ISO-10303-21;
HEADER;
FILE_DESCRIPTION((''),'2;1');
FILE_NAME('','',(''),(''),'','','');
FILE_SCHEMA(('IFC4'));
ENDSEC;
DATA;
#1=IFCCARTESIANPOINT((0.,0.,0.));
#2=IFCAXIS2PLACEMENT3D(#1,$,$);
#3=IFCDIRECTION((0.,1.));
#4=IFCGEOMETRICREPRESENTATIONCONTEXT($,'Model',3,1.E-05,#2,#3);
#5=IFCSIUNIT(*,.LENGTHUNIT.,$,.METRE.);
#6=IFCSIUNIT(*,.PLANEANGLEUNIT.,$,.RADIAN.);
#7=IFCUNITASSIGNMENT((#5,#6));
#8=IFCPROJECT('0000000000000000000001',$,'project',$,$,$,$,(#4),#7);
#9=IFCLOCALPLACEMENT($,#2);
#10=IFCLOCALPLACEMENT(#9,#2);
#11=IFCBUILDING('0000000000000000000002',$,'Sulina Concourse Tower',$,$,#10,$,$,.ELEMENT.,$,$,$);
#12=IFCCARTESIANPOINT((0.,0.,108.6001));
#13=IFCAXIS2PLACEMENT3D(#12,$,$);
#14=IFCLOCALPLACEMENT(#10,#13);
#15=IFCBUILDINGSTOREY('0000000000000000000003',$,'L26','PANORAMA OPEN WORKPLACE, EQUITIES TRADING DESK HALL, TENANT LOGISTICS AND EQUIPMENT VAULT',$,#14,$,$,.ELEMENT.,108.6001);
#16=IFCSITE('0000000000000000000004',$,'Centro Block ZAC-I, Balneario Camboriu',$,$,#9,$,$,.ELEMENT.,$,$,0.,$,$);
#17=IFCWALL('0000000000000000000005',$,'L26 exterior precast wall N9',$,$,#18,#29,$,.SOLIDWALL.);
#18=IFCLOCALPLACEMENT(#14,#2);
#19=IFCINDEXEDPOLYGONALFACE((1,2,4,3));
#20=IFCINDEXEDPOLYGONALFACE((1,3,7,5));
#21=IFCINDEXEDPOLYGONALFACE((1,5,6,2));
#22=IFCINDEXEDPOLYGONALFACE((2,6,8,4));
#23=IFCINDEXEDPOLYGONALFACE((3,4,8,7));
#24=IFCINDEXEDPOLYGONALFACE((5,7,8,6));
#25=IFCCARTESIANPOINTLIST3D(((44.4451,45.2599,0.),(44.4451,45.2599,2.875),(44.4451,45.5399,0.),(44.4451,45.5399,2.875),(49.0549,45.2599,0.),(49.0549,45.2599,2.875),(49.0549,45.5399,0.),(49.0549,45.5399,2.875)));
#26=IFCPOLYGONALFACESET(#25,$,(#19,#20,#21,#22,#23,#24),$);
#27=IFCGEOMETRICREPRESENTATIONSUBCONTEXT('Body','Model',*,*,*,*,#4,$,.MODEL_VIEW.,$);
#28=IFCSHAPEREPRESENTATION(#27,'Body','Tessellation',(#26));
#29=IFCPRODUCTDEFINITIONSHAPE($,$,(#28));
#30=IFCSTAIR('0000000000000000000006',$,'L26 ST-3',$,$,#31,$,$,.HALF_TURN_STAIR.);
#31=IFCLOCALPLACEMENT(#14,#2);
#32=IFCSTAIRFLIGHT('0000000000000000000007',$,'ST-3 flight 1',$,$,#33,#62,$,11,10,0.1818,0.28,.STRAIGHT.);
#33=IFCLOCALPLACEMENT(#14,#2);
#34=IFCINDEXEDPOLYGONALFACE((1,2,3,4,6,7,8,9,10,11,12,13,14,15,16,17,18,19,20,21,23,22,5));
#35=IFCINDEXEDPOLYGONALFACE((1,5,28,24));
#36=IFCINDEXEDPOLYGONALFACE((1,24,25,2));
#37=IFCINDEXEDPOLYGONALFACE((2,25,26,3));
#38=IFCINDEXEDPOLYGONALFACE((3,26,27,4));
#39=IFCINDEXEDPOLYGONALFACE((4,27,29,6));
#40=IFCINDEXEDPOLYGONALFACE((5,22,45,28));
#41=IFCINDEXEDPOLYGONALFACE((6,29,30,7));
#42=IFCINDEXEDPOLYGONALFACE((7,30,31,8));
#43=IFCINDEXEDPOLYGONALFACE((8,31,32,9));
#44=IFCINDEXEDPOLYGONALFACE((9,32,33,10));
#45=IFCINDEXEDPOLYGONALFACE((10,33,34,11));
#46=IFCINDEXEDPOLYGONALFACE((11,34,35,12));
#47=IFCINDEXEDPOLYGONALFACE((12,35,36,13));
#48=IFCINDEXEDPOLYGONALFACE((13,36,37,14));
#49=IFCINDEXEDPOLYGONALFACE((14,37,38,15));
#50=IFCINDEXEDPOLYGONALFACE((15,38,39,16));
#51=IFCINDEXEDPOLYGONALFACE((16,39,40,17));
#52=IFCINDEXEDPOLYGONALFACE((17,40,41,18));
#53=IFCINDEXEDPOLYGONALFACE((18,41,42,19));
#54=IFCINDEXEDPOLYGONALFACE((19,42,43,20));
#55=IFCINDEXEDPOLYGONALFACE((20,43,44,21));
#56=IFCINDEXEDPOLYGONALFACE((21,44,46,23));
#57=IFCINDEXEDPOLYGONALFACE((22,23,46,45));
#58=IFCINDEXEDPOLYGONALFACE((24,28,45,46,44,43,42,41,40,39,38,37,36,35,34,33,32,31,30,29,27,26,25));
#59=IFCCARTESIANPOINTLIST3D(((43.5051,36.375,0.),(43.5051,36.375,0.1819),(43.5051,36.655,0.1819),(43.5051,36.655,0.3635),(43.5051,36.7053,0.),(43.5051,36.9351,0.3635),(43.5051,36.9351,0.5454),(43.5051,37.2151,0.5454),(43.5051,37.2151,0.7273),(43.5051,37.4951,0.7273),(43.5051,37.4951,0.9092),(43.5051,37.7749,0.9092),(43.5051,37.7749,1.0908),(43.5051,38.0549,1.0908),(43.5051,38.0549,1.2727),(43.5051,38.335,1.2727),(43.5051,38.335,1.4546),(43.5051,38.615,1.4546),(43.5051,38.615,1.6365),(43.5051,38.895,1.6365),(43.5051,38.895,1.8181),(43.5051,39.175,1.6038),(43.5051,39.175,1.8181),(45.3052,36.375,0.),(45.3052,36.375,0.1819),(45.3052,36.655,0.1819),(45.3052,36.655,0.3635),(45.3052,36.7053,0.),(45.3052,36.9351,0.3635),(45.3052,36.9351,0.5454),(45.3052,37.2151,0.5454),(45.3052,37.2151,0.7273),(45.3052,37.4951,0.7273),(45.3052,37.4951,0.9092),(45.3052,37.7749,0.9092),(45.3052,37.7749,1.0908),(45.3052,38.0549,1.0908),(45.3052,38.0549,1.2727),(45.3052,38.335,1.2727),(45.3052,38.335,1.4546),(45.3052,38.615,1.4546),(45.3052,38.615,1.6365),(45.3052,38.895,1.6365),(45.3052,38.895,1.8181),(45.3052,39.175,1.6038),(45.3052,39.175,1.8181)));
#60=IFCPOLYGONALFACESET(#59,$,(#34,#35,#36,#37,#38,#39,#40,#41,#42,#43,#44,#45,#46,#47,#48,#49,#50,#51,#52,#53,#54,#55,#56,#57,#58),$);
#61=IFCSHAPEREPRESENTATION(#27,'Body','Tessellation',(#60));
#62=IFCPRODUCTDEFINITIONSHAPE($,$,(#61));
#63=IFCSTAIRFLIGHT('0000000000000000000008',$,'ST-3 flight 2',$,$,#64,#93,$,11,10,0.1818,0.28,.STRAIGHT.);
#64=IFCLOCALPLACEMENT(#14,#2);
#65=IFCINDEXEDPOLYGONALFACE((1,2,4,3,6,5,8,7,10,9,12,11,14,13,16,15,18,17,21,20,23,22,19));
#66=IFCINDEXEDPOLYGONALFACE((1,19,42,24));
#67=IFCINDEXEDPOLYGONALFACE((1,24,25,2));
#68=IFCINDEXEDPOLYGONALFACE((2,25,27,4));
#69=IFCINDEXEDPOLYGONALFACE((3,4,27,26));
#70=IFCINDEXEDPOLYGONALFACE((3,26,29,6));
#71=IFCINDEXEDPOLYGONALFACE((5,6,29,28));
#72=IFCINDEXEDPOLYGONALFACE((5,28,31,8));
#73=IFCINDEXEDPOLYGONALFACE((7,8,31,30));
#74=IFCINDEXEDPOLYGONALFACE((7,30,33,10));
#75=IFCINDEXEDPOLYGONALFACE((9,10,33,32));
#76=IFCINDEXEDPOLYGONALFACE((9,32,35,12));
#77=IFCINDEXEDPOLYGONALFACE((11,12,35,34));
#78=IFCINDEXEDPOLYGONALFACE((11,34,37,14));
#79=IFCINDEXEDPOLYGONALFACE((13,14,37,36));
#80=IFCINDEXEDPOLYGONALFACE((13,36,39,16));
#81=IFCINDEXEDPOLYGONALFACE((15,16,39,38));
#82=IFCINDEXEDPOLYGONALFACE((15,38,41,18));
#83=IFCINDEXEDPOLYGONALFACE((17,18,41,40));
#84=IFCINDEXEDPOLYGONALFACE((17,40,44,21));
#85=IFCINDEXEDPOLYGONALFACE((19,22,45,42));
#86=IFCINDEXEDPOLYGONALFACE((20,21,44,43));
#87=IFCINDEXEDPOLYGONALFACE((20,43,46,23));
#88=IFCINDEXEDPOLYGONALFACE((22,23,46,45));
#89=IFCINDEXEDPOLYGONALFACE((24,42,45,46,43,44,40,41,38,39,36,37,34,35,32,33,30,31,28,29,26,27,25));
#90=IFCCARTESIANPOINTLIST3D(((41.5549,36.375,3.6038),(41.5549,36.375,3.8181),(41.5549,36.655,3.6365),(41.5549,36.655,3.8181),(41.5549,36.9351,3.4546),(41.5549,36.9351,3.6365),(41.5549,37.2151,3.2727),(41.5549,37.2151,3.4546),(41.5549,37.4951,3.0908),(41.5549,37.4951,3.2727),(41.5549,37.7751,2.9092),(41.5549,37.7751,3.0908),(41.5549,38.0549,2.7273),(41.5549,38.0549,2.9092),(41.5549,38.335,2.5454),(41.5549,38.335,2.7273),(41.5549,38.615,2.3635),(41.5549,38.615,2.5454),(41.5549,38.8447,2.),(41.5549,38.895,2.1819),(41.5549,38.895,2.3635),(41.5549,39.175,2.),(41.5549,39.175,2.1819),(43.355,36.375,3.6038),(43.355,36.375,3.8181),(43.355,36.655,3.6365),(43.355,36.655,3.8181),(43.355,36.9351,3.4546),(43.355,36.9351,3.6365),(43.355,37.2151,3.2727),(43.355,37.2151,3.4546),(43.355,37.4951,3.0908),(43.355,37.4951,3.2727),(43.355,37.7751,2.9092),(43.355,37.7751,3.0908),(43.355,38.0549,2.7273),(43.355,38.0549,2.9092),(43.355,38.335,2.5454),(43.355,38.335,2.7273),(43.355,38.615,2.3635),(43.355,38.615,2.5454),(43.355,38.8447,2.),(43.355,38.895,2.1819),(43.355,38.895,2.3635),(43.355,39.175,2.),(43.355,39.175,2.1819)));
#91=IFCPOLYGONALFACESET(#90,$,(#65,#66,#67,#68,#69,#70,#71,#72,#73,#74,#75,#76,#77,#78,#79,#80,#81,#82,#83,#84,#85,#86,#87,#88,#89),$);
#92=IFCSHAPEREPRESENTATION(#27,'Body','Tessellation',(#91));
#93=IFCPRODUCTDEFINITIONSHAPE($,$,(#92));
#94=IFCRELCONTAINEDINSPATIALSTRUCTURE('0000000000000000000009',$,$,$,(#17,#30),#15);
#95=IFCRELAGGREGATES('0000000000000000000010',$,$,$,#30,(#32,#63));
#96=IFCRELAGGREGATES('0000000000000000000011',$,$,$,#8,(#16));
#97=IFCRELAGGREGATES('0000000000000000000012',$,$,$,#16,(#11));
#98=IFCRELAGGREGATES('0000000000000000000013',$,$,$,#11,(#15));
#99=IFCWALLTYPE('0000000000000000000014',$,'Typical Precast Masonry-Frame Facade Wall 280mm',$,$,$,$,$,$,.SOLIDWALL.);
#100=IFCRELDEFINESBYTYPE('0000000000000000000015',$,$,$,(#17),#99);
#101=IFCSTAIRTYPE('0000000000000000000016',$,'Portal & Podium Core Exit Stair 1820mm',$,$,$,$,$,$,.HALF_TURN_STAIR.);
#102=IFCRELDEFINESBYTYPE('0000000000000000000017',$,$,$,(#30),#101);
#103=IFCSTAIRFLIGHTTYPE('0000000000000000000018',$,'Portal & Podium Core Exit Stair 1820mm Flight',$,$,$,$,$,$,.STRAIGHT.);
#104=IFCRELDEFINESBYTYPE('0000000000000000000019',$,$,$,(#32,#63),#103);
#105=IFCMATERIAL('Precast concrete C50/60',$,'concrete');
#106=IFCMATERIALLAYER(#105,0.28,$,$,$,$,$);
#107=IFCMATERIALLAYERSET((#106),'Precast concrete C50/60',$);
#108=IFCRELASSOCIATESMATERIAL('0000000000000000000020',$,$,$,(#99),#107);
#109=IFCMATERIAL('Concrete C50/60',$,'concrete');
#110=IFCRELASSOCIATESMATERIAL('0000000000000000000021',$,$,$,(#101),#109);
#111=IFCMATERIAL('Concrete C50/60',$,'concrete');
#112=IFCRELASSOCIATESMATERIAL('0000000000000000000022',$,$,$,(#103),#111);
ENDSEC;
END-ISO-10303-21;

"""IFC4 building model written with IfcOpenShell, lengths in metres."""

from ifc_helpers import new_model, si_unit, direction, frame, frame_2d, origin, place, context, subcontext, project, spatial, polyline, rectangle, outline, extrude, material, layer, layer_set, type_object, element, aggregate, save


model = new_model("IFC4")

# Units and contexts
model_context = context("Model", 3, precision=1e-05, world=origin(), true_north=direction((0.0, 1.0)))
body_context = subcontext(model_context, "Body", "Model", "MODEL_VIEW")
ifc_project = project(units=[si_unit("LENGTHUNIT", "METRE"), si_unit("PLANEANGLEUNIT", "RADIAN")], contexts=[model_context])

# Site, building, storey
site_placement = place(None, origin())
site = spatial("IfcSite", under=ifc_project, at=site_placement, Name="Centro Block ZAC-I, Balneario Camboriu", CompositionType="ELEMENT", RefElevation=0.0)
building_placement = place(site_placement, origin())
building = spatial("IfcBuilding", under=site, at=building_placement, Name="Sulina Concourse Tower", CompositionType="ELEMENT")
storey_placement = place(building_placement, frame((0.0, 0.0, 108.6001)))
storey = spatial("IfcBuildingStorey", under=building, at=storey_placement, Name="L26", Description="PANORAMA OPEN WORKPLACE, EQUITIES TRADING DESK HALL, TENANT LOGISTICS AND EQUIPMENT VAULT", CompositionType="ELEMENT", Elevation=108.6001)

# Wall
ifc_material_1 = material(Name="Precast concrete C50/60", Category="concrete")
ifc_layer_1 = layer(ifc_material_1, 0.28)
ifc_layer_set_1 = layer_set([ifc_layer_1], Name="Precast concrete C50/60")
wall_type_1 = type_object("IfcWallType", Name="Typical Precast Masonry-Frame Facade Wall 280mm", PredefinedType="SOLIDWALL", material=ifc_layer_set_1)
wall_1_placement = place(storey_placement, frame((44.4451, 45.3999, 0.0), z_axis=(0.0, 0.0, 1.0), x_axis=(1.0, 0.0, 0.0)))
element("IfcWall", 1, at=wall_1_placement, inside=storey, type_object=wall_type_1, Name="L26 exterior precast wall N9", PredefinedType="SOLIDWALL", context=body_context, shape_type="SweptSolid", body=[
    extrude(rectangle(XDim=4.6099, YDim=0.28, at=frame_2d((2.3049, 0.0))), origin(), (0.0, 0.0, 1.0), 2.875),
])

# Stair, stair flights
ifc_material_2 = material(Name="Concrete C50/60", Category="concrete")
stair_type = type_object("IfcStairType", Name="Portal & Podium Core Exit Stair 1820mm", PredefinedType="HALF_TURN_STAIR", material=ifc_material_2)
stair_placement = place(storey_placement, origin())
stair = element("IfcStair", 2, at=stair_placement, inside=storey, type_object=stair_type, Name="L26 ST-3", PredefinedType="HALF_TURN_STAIR")
ifc_material_3 = material(Name="Concrete C50/60", Category="concrete")
stair_flight_type = type_object("IfcStairFlightType", Name="Portal & Podium Core Exit Stair 1820mm Flight", PredefinedType="STRAIGHT", material=ifc_material_3)
stair_flight_1_placement = place(storey_placement, frame((44.405, 36.375, 0.0), z_axis=(0.0, 0.0, 1.0), x_axis=(0.0, 1.0, 0.0)))
stair_flight_1 = element("IfcStairFlight", 3, at=stair_flight_1_placement, type_object=stair_flight_type, Name="ST-3 flight 1", NumberOfRisers=11, NumberOfTreads=10, PredefinedType="STRAIGHT", RiserHeight=0.1818, TreadLength=0.28, context=body_context, shape_type="SweptSolid", body=[
    extrude(outline(polyline([(0.0, 0.0), (0.0, 0.1819), (0.28, 0.1819), (0.28, 0.3635), (0.5601, 0.3635), (0.5601, 0.5454), (0.8401, 0.5454), (0.8401, 0.7273), (1.1201, 0.7273), (1.1201, 0.9092), (1.3999, 0.9092), (1.3999, 1.0908), (1.6799, 1.0908), (1.6799, 1.2727), (1.96, 1.2727), (1.96, 1.4546), (2.24, 1.4546), (2.24, 1.6365), (2.52, 1.6365), (2.52, 1.8181), (2.8, 1.8181), (2.8, 2.0), (2.8, 1.6038), (0.3303, 0.0), (0.0, 0.0)])), frame((0.0, 0.8999, 0.0), z_axis=(0.0, -1.0, 0.0), x_axis=(1.0, 0.0, 0.0)), (0.0, 0.0, 1.0), 1.8),
])
stair_flight_2_placement = place(storey_placement, frame((42.4551, 39.175, 2.0), z_axis=(0.0, 0.0, 1.0), x_axis=(0.0, -1.0, 0.0)))
stair_flight_2 = element("IfcStairFlight", 4, at=stair_flight_2_placement, type_object=stair_flight_type, Name="ST-3 flight 2", NumberOfRisers=11, NumberOfTreads=10, PredefinedType="STRAIGHT", RiserHeight=0.1818, TreadLength=0.28, context=body_context, shape_type="SweptSolid", body=[
    extrude(outline(polyline([(0.0, 0.0), (0.0, 0.1819), (0.28, 0.1819), (0.28, 0.3635), (0.5601, 0.3635), (0.5601, 0.5454), (0.8401, 0.5454), (0.8401, 0.7273), (1.1201, 0.7273), (1.1201, 0.9092), (1.3999, 0.9092), (1.3999, 1.0908), (1.6799, 1.0908), (1.6799, 1.2727), (1.96, 1.2727), (1.96, 1.4546), (2.24, 1.4546), (2.24, 1.6365), (2.52, 1.6365), (2.52, 1.8181), (2.8, 1.8181), (2.8, 2.0), (2.8, 1.6038), (0.3303, 0.0), (0.0, 0.0)])), frame((0.0, 0.8999, 0.0), z_axis=(0.0, -1.0, 0.0), x_axis=(1.0, 0.0, 0.0)), (0.0, 0.0, 1.0), 1.8),
])
aggregate(stair, [stair_flight_1, stair_flight_2])

save(model, "model.ifc")
